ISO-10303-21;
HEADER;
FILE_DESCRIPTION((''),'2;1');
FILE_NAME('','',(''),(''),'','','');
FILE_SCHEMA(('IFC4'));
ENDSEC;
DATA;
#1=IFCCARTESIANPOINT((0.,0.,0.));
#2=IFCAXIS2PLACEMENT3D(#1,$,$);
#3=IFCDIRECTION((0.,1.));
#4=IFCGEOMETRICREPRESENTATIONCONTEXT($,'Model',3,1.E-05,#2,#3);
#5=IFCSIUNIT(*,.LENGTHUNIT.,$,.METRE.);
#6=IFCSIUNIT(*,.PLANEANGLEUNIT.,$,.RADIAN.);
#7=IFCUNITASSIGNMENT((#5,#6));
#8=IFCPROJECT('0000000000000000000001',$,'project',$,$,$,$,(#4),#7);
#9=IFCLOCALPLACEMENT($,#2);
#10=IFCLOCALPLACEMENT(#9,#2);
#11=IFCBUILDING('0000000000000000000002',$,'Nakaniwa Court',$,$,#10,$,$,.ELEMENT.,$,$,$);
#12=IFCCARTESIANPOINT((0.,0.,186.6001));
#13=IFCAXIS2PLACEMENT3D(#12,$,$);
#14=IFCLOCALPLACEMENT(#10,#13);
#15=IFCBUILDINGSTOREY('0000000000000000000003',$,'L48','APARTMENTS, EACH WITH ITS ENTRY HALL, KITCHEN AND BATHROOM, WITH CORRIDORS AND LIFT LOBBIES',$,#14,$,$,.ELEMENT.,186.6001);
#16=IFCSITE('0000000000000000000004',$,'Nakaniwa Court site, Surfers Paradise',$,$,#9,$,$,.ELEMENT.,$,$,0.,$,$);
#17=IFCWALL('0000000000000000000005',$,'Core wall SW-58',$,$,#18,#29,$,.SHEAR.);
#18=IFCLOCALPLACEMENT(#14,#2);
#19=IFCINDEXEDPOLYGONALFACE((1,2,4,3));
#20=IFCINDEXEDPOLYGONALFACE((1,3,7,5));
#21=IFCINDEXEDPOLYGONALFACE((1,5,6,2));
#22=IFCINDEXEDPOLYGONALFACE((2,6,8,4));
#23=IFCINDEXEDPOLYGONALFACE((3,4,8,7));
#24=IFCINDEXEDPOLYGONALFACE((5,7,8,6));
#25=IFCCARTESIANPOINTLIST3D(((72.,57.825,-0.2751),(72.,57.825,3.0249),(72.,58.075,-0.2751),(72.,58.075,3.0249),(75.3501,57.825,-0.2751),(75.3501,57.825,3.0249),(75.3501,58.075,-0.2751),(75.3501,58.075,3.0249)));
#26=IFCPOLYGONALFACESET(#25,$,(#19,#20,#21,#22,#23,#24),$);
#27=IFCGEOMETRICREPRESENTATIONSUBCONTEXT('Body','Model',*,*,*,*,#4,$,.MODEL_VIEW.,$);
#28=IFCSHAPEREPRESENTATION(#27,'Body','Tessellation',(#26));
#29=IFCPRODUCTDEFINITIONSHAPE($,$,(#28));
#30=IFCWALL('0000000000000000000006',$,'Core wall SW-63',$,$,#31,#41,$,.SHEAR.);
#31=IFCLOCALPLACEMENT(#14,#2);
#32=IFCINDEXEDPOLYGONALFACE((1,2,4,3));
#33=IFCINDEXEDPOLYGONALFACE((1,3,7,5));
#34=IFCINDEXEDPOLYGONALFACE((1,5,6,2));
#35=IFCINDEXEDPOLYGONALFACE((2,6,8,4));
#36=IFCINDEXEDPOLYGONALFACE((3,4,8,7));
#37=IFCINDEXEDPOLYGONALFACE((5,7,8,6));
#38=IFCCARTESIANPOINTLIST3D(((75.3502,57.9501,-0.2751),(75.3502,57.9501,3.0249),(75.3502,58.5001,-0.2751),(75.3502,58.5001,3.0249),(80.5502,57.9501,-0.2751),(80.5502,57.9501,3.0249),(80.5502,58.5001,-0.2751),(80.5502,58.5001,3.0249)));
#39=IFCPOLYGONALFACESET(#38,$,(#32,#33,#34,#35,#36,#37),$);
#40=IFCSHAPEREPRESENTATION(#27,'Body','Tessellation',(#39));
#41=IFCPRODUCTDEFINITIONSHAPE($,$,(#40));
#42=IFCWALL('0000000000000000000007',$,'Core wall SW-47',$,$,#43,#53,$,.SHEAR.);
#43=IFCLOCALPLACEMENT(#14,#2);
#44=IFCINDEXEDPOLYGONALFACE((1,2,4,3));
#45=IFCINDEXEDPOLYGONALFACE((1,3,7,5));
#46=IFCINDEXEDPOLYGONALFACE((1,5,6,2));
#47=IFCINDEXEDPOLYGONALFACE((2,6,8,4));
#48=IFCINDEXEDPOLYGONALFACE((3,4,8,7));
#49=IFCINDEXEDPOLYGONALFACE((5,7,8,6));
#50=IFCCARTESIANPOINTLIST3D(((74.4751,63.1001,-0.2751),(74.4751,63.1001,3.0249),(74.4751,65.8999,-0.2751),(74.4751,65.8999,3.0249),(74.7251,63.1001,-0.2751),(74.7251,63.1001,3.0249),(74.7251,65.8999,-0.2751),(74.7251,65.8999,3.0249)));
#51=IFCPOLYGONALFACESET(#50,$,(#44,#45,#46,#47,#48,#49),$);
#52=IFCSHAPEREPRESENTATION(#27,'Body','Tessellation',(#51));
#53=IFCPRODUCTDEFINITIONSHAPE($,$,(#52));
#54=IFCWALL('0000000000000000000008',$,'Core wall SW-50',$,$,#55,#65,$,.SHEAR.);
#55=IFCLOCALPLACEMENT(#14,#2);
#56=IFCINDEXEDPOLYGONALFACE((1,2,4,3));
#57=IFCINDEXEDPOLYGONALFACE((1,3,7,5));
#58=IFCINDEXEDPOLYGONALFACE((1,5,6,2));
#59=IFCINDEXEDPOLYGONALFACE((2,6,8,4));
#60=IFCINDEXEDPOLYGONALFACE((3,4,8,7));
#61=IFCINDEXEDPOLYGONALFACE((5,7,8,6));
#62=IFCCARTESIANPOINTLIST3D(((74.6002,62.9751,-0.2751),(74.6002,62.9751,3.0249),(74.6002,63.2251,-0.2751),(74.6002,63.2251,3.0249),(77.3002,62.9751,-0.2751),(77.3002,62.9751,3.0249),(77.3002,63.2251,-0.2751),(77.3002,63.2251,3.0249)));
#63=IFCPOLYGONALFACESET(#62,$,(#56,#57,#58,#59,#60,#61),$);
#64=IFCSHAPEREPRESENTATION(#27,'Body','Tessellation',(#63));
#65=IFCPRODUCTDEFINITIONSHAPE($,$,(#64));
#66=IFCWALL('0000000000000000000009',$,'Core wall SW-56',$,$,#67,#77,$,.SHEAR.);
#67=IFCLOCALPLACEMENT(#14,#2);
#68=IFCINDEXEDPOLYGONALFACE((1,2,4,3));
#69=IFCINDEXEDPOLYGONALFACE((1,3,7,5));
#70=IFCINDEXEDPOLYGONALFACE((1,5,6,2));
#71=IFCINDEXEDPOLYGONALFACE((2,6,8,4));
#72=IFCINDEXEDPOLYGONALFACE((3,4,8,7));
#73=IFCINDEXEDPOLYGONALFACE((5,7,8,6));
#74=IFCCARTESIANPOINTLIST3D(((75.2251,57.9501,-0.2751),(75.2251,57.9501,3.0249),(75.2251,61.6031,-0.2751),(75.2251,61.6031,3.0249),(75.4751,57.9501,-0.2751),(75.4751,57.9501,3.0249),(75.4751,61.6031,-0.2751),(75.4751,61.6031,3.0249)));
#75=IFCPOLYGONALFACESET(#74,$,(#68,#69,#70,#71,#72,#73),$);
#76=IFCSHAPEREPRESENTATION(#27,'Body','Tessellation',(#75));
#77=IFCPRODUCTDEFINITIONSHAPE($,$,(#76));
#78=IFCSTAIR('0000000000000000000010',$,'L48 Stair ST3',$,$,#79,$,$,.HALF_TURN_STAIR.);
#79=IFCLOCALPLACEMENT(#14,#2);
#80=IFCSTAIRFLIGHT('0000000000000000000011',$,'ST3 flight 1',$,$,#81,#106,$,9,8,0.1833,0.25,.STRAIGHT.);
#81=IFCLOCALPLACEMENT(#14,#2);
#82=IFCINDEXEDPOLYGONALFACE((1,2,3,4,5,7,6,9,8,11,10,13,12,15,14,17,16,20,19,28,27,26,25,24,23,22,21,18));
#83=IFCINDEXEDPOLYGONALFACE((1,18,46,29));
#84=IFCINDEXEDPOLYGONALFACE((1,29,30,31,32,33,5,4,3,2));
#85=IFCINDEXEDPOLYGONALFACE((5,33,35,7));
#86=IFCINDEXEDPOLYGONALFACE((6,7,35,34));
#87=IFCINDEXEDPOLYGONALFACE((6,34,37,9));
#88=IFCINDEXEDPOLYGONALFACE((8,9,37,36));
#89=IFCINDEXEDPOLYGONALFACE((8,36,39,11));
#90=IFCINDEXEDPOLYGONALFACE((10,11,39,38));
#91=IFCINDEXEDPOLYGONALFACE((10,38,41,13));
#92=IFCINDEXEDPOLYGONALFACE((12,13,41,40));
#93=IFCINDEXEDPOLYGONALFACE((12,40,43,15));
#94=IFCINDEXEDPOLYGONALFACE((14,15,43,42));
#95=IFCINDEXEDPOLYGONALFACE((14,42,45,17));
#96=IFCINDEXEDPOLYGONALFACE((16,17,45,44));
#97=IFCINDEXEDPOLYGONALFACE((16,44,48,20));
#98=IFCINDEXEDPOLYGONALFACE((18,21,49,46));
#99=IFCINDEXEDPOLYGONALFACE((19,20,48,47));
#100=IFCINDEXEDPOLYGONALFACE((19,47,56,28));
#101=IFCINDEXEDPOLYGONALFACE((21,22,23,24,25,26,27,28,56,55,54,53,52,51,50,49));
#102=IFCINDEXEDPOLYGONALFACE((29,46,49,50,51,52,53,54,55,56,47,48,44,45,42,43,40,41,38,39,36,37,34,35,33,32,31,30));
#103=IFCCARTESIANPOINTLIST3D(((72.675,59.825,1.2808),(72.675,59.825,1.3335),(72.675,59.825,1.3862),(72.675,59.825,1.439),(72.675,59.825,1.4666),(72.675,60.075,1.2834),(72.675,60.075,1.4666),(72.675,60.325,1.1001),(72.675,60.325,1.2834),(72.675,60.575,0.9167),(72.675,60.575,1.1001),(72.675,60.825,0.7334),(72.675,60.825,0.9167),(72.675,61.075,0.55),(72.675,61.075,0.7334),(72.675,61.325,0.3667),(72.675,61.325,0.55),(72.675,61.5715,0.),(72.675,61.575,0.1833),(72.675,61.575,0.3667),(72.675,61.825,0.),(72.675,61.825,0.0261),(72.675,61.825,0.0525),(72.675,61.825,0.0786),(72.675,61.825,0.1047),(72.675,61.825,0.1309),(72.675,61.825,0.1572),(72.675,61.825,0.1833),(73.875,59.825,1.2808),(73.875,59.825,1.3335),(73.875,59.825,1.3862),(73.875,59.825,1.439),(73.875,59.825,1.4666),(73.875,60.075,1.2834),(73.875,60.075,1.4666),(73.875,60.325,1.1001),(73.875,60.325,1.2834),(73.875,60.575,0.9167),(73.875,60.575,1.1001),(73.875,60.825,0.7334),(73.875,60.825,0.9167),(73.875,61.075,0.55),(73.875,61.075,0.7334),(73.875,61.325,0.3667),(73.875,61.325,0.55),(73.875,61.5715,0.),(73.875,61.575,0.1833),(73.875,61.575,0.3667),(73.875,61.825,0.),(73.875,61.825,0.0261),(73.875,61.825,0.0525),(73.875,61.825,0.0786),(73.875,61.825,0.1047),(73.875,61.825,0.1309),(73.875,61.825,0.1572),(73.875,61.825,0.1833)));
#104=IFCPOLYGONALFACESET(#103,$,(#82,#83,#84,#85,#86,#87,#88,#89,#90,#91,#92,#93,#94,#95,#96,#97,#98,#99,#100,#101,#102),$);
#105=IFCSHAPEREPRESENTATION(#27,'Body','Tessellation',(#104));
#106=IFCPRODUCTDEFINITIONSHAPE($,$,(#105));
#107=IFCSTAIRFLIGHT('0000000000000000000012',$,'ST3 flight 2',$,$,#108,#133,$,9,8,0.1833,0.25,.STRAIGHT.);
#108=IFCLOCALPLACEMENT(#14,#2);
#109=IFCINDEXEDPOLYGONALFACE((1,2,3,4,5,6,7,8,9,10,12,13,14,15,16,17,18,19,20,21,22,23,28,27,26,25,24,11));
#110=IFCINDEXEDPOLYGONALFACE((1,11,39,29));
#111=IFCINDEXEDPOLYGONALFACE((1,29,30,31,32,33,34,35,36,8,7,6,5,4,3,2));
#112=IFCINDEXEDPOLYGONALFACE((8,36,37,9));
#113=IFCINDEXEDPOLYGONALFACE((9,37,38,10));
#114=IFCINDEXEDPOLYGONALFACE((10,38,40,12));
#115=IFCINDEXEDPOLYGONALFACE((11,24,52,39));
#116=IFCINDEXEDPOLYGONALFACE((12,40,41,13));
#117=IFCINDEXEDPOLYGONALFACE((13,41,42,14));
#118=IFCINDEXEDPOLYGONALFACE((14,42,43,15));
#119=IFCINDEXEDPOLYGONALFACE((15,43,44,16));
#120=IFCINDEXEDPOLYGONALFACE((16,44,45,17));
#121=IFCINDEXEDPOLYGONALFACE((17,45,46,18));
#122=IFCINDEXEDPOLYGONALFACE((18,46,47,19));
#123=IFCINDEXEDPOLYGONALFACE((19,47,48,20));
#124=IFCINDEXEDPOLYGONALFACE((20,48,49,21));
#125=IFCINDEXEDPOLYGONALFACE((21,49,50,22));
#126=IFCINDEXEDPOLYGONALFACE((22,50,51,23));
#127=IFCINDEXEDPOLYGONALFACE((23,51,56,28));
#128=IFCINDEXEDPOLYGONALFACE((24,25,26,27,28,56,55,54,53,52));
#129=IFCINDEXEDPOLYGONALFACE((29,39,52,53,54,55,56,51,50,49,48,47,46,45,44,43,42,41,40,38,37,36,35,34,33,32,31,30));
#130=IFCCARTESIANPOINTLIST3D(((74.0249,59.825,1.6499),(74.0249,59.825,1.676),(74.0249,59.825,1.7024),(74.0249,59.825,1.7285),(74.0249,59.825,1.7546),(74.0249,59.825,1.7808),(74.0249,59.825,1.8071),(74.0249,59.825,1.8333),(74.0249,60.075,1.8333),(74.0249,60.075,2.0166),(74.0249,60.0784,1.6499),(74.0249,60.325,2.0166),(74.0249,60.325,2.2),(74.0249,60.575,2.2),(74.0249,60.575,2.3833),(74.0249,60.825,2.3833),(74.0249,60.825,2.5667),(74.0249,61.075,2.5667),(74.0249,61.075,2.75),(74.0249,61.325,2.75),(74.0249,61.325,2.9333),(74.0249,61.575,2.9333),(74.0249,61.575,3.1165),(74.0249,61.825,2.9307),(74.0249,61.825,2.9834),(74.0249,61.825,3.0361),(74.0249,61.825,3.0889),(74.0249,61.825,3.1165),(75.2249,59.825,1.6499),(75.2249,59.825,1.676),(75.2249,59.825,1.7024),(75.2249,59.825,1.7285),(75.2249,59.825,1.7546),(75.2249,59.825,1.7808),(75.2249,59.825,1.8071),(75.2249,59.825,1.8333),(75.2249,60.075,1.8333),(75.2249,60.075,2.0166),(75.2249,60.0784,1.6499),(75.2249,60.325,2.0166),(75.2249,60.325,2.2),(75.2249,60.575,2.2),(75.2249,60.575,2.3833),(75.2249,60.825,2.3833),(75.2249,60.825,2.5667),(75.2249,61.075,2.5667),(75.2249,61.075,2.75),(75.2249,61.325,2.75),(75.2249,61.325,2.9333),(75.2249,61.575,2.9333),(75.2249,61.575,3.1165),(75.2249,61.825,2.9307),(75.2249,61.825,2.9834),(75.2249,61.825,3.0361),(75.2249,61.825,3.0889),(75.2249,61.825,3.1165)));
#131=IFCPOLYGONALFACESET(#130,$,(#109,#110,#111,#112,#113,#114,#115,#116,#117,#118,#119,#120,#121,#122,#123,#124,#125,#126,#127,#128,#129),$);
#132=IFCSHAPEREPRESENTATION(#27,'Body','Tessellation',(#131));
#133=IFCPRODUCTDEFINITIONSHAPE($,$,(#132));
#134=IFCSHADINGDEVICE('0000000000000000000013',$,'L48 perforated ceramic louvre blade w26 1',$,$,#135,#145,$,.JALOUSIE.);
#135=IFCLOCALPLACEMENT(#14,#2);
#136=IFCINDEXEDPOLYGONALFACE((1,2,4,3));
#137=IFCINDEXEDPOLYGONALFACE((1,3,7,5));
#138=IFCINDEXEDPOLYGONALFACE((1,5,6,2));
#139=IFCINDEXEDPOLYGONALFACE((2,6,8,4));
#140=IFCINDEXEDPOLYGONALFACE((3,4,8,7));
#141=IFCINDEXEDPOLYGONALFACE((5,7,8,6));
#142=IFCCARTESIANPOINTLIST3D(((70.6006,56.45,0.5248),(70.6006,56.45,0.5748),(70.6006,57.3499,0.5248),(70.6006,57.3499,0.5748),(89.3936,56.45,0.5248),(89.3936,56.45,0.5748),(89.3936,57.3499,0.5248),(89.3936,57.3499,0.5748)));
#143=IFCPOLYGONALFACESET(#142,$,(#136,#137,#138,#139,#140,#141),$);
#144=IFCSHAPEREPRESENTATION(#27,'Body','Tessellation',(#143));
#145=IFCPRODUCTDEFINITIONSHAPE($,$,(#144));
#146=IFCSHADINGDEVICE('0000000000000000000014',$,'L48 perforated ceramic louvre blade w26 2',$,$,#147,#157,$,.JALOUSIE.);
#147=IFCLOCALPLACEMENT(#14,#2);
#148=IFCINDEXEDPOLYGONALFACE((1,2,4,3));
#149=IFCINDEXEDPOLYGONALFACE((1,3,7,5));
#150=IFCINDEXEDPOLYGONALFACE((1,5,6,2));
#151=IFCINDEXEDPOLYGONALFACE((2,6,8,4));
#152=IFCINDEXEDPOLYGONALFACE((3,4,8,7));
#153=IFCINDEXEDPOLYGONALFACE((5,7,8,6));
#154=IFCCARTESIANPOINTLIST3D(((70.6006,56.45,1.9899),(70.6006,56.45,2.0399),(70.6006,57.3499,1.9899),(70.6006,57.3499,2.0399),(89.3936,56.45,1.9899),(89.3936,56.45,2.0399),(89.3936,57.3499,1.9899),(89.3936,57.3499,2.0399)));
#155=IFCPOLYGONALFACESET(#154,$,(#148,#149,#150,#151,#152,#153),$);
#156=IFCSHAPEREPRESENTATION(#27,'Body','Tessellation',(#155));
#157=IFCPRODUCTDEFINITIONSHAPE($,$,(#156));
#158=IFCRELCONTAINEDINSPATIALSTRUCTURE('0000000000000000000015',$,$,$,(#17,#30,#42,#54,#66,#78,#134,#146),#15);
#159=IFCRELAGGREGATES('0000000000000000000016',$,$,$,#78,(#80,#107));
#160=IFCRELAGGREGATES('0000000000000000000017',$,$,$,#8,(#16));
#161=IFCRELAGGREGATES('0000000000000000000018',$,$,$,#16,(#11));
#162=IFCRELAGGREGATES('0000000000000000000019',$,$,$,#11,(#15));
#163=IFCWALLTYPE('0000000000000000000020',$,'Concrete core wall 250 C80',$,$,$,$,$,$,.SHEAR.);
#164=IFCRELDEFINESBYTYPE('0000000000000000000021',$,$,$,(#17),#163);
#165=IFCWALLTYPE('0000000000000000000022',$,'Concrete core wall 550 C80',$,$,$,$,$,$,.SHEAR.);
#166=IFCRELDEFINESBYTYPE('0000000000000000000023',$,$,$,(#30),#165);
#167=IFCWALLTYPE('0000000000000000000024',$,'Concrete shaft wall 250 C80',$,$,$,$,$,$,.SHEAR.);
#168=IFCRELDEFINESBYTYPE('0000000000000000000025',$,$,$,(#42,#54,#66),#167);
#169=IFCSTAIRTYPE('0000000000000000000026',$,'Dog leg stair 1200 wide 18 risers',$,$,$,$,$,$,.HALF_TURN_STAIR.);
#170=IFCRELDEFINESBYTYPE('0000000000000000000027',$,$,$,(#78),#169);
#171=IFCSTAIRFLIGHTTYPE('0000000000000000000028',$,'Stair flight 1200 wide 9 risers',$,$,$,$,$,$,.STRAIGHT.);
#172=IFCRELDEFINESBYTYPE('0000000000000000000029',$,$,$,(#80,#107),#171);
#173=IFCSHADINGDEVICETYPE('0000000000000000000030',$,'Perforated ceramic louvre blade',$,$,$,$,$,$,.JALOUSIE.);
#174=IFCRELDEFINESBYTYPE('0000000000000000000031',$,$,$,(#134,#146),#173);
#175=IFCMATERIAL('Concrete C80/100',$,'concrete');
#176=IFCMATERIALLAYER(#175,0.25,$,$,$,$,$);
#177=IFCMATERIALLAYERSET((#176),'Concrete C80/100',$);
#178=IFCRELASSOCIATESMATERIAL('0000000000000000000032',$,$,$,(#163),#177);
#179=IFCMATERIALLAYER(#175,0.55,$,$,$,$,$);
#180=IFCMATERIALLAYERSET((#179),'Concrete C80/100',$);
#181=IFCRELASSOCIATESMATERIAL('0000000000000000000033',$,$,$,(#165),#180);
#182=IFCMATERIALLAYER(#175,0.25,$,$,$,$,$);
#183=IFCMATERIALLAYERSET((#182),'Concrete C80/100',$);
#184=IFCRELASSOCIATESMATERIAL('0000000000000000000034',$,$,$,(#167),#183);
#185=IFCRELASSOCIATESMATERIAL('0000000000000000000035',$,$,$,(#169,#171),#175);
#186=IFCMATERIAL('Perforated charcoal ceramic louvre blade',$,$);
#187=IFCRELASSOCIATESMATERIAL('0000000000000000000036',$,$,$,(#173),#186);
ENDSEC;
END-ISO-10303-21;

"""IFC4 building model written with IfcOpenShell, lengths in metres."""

from ifc_helpers import new_model, si_unit, direction, frame, frame_2d, origin, origin_2d, place, context, subcontext, project, spatial, polyline, rectangle, outline, extrude, material, layer, layer_set, material_profile, profile_set, type_object, element, aggregate, save


model = new_model("IFC4")

# Units and contexts
model_context = context("Model", 3, precision=1e-05, world=origin(), true_north=direction((0.0, 1.0)))
body_context = subcontext(model_context, "Body", "Model", "MODEL_VIEW")
ifc_project = project(units=[si_unit("LENGTHUNIT", "METRE"), si_unit("PLANEANGLEUNIT", "RADIAN")], contexts=[model_context])

# Site, building, storey
site_placement = place(None, origin())
site = spatial("IfcSite", under=ifc_project, at=site_placement, Name="Nakaniwa Court site, Surfers Paradise", CompositionType="ELEMENT", RefElevation=0.0)
building_placement = place(site_placement, origin())
building = spatial("IfcBuilding", under=site, at=building_placement, Name="Nakaniwa Court", CompositionType="ELEMENT")
storey_placement = place(building_placement, frame((0.0, 0.0, 186.6001)))
storey = spatial("IfcBuildingStorey", under=building, at=storey_placement, Name="L48", Description="APARTMENTS, EACH WITH ITS ENTRY HALL, KITCHEN AND BATHROOM, WITH CORRIDORS AND LIFT LOBBIES", CompositionType="ELEMENT", Elevation=186.6001)

# Shared definitions
ifc_material_1 = material(Name="Concrete C80/100", Category="concrete")

# Walls
ifc_layer_1 = layer(ifc_material_1, 0.25)
ifc_layer_set_1 = layer_set([ifc_layer_1], Name="Concrete C80/100")
wall_type_1 = type_object("IfcWallType", Name="Concrete core wall 250 C80", PredefinedType="SHEAR", material=ifc_layer_set_1)
wall_1_placement = place(storey_placement, frame((72.0, 57.95, -0.2751), z_axis=(0.0, 0.0, 1.0), x_axis=(1.0, 0.0, 0.0)))
element("IfcWall", 1, at=wall_1_placement, inside=storey, type_object=wall_type_1, Name="Core wall SW-58", PredefinedType="SHEAR", context=body_context, shape_type="SweptSolid", body=[
    extrude(rectangle(XDim=3.3501, YDim=0.25, at=frame_2d((1.675, 0.0))), origin(), (0.0, 0.0, 1.0), 3.3),
])
ifc_layer_2 = layer(ifc_material_1, 0.55)
ifc_layer_set_2 = layer_set([ifc_layer_2], Name="Concrete C80/100")
wall_type_2 = type_object("IfcWallType", Name="Concrete core wall 550 C80", PredefinedType="SHEAR", material=ifc_layer_set_2)
wall_2_placement = place(storey_placement, frame((75.3501, 58.2251, -0.2751), z_axis=(0.0, 0.0, 1.0), x_axis=(1.0, 0.0, 0.0)))
element("IfcWall", 2, at=wall_2_placement, inside=storey, type_object=wall_type_2, Name="Core wall SW-63", PredefinedType="SHEAR", context=body_context, shape_type="SweptSolid", body=[
    extrude(rectangle(XDim=5.2, YDim=0.55, at=frame_2d((2.6001, 0.0))), origin(), (0.0, 0.0, 1.0), 3.3),
])
ifc_layer_3 = layer(ifc_material_1, 0.25)
ifc_layer_set_3 = layer_set([ifc_layer_3], Name="Concrete C80/100")
wall_type_3 = type_object("IfcWallType", Name="Concrete shaft wall 250 C80", PredefinedType="SHEAR", material=ifc_layer_set_3)
wall_3_placement = place(storey_placement, frame((74.6001, 63.1001, -0.2751), z_axis=(0.0, 0.0, 1.0), x_axis=(0.0, 1.0, 0.0)))
element("IfcWall", 3, at=wall_3_placement, inside=storey, type_object=wall_type_3, Name="Core wall SW-47", PredefinedType="SHEAR", context=body_context, shape_type="SweptSolid", body=[
    extrude(rectangle(XDim=2.7998, YDim=0.25, at=frame_2d((1.3999, 0.0))), origin(), (0.0, 0.0, 1.0), 3.3),
])
wall_4_placement = place(storey_placement, frame((74.6001, 63.1001, -0.2751), z_axis=(0.0, 0.0, 1.0), x_axis=(1.0, 0.0, 0.0)))
element("IfcWall", 4, at=wall_4_placement, inside=storey, type_object=wall_type_3, Name="Core wall SW-50", PredefinedType="SHEAR", context=body_context, shape_type="SweptSolid", body=[
    extrude(rectangle(XDim=2.7, YDim=0.25, at=frame_2d((1.3501, 0.0))), origin(), (0.0, 0.0, 1.0), 3.3),
])
wall_5_placement = place(storey_placement, frame((75.3501, 57.95, -0.2751), z_axis=(0.0, 0.0, 1.0), x_axis=(0.0, 1.0, 0.0)))
element("IfcWall", 5, at=wall_5_placement, inside=storey, type_object=wall_type_3, Name="Core wall SW-56", PredefinedType="SHEAR", context=body_context, shape_type="SweptSolid", body=[
    extrude(rectangle(XDim=3.6531, YDim=0.25, at=frame_2d((1.8267, 0.0))), origin(), (0.0, 0.0, 1.0), 3.3),
])

# Stair, stair flights
stair_type = type_object("IfcStairType", Name="Dog leg stair 1200 wide 18 risers", PredefinedType="HALF_TURN_STAIR", material=ifc_material_1)
stair_placement = place(storey_placement, origin())
stair = element("IfcStair", 6, at=stair_placement, inside=storey, type_object=stair_type, Name="L48 Stair ST3", PredefinedType="HALF_TURN_STAIR")
stair_flight_type = type_object("IfcStairFlightType", Name="Stair flight 1200 wide 9 risers", PredefinedType="STRAIGHT", material=ifc_material_1)
stair_flight_1_placement = place(storey_placement, frame((73.2749, 61.825, 0.0), z_axis=(0.0, 0.0, 1.0), x_axis=(0.0, -1.0, 0.0)))
stair_flight_1 = element("IfcStairFlight", 7, at=stair_flight_1_placement, type_object=stair_flight_type, Name="ST3 flight 1", NumberOfRisers=9, NumberOfTreads=8, PredefinedType="STRAIGHT", RiserHeight=0.1833, TreadLength=0.25, context=body_context, shape_type="SweptSolid", body=[
    extrude(outline(polyline([(0.0, 0.0), (0.0, 0.0261), (0.0, 0.0525), (0.0, 0.0786), (0.0, 0.1047), (0.0, 0.1309), (0.0, 0.1572), (0.0, 0.1833), (0.25, 0.1833), (0.25, 0.3667), (0.5, 0.3667), (0.5, 0.55), (0.75, 0.55), (0.75, 0.7334), (1.0, 0.7334), (1.0, 0.9167), (1.25, 0.9167), (1.25, 1.1001), (1.5, 1.1001), (1.5, 1.2834), (1.75, 1.2834), (1.75, 1.4666), (2.0, 1.4666), (2.0, 1.6499), (2.0, 1.5972), (2.0, 1.5444), (2.0, 1.4917), (2.0, 1.439), (2.0, 1.3862), (2.0, 1.3335), (2.0, 1.2808), (0.2534, 0.0), (0.0, 0.0)])), frame((0.0, 0.6001, 0.0), z_axis=(0.0, -1.0, 0.0), x_axis=(1.0, 0.0, 0.0)), (0.0, 0.0, 1.0), 1.2),
])
stair_flight_2_placement = place(storey_placement, frame((74.625, 59.825, 1.6499), z_axis=(0.0, 0.0, 1.0), x_axis=(0.0, 1.0, 0.0)))
stair_flight_2 = element("IfcStairFlight", 8, at=stair_flight_2_placement, type_object=stair_flight_type, Name="ST3 flight 2", NumberOfRisers=9, NumberOfTreads=8, PredefinedType="STRAIGHT", RiserHeight=0.1833, TreadLength=0.25, context=body_context, shape_type="SweptSolid", body=[
    extrude(outline(polyline([(0.0, 0.0), (0.0, 0.0261), (0.0, 0.0525), (0.0, 0.0786), (0.0, 0.1047), (0.0, 0.1309), (0.0, 0.1572), (0.0, 0.1833), (0.25, 0.1833), (0.25, 0.3667), (0.5, 0.3667), (0.5, 0.55), (0.75, 0.55), (0.75, 0.7334), (1.0, 0.7334), (1.0, 0.9167), (1.25, 0.9167), (1.25, 1.1001), (1.5, 1.1001), (1.5, 1.2834), (1.75, 1.2834), (1.75, 1.4666), (2.0, 1.4666), (2.0, 1.6499), (2.0, 1.5972), (2.0, 1.5444), (2.0, 1.4917), (2.0, 1.439), (2.0, 1.3862), (2.0, 1.3335), (2.0, 1.2808), (0.2534, 0.0), (0.0, 0.0)])), frame((0.0, 0.6001, 0.0), z_axis=(0.0, -1.0, 0.0), x_axis=(1.0, 0.0, 0.0)), (0.0, 0.0, 1.0), 1.2),
])
aggregate(stair, [stair_flight_1, stair_flight_2])

# Shading devices
ifc_material_2 = material(Name="Perforated charcoal ceramic louvre blade")
ifc_material_profile = material_profile(ifc_material_2, rectangle(XDim=0.8999, YDim=0.05, at=origin_2d()), Name="Perforated ceramic louvre blade")
ifc_profile_set = profile_set([ifc_material_profile], Name="Perforated charcoal ceramic louvre blade")
shading_device_type = type_object("IfcShadingDeviceType", Name="Perforated ceramic louvre blade", PredefinedType="JALOUSIE", material=ifc_profile_set)
for number, where, z_axis, x_axis, name in (
    (9, (70.6006, 56.8999, 0.5498), (1.0, 0.0, 0.0), (0.0, 1.0, 0.0), "L48 perforated ceramic louvre blade w26 1"),
    (10, (70.6006, 56.8999, 2.0149), (1.0, 0.0, 0.0), (0.0, 1.0, 0.0), "L48 perforated ceramic louvre blade w26 2"),
):
    element("IfcShadingDevice", number, at=place(storey_placement, frame(where, z_axis=z_axis, x_axis=x_axis)), inside=storey, type_object=shading_device_type, Name=name, PredefinedType="JALOUSIE", context=body_context, shape_type="SweptSolid", body=[
        extrude(rectangle(XDim=0.8999, YDim=0.05, at=origin_2d()), origin(), (0.0, 0.0, 1.0), 18.793),
    ])

save(model, "model.ifc")
